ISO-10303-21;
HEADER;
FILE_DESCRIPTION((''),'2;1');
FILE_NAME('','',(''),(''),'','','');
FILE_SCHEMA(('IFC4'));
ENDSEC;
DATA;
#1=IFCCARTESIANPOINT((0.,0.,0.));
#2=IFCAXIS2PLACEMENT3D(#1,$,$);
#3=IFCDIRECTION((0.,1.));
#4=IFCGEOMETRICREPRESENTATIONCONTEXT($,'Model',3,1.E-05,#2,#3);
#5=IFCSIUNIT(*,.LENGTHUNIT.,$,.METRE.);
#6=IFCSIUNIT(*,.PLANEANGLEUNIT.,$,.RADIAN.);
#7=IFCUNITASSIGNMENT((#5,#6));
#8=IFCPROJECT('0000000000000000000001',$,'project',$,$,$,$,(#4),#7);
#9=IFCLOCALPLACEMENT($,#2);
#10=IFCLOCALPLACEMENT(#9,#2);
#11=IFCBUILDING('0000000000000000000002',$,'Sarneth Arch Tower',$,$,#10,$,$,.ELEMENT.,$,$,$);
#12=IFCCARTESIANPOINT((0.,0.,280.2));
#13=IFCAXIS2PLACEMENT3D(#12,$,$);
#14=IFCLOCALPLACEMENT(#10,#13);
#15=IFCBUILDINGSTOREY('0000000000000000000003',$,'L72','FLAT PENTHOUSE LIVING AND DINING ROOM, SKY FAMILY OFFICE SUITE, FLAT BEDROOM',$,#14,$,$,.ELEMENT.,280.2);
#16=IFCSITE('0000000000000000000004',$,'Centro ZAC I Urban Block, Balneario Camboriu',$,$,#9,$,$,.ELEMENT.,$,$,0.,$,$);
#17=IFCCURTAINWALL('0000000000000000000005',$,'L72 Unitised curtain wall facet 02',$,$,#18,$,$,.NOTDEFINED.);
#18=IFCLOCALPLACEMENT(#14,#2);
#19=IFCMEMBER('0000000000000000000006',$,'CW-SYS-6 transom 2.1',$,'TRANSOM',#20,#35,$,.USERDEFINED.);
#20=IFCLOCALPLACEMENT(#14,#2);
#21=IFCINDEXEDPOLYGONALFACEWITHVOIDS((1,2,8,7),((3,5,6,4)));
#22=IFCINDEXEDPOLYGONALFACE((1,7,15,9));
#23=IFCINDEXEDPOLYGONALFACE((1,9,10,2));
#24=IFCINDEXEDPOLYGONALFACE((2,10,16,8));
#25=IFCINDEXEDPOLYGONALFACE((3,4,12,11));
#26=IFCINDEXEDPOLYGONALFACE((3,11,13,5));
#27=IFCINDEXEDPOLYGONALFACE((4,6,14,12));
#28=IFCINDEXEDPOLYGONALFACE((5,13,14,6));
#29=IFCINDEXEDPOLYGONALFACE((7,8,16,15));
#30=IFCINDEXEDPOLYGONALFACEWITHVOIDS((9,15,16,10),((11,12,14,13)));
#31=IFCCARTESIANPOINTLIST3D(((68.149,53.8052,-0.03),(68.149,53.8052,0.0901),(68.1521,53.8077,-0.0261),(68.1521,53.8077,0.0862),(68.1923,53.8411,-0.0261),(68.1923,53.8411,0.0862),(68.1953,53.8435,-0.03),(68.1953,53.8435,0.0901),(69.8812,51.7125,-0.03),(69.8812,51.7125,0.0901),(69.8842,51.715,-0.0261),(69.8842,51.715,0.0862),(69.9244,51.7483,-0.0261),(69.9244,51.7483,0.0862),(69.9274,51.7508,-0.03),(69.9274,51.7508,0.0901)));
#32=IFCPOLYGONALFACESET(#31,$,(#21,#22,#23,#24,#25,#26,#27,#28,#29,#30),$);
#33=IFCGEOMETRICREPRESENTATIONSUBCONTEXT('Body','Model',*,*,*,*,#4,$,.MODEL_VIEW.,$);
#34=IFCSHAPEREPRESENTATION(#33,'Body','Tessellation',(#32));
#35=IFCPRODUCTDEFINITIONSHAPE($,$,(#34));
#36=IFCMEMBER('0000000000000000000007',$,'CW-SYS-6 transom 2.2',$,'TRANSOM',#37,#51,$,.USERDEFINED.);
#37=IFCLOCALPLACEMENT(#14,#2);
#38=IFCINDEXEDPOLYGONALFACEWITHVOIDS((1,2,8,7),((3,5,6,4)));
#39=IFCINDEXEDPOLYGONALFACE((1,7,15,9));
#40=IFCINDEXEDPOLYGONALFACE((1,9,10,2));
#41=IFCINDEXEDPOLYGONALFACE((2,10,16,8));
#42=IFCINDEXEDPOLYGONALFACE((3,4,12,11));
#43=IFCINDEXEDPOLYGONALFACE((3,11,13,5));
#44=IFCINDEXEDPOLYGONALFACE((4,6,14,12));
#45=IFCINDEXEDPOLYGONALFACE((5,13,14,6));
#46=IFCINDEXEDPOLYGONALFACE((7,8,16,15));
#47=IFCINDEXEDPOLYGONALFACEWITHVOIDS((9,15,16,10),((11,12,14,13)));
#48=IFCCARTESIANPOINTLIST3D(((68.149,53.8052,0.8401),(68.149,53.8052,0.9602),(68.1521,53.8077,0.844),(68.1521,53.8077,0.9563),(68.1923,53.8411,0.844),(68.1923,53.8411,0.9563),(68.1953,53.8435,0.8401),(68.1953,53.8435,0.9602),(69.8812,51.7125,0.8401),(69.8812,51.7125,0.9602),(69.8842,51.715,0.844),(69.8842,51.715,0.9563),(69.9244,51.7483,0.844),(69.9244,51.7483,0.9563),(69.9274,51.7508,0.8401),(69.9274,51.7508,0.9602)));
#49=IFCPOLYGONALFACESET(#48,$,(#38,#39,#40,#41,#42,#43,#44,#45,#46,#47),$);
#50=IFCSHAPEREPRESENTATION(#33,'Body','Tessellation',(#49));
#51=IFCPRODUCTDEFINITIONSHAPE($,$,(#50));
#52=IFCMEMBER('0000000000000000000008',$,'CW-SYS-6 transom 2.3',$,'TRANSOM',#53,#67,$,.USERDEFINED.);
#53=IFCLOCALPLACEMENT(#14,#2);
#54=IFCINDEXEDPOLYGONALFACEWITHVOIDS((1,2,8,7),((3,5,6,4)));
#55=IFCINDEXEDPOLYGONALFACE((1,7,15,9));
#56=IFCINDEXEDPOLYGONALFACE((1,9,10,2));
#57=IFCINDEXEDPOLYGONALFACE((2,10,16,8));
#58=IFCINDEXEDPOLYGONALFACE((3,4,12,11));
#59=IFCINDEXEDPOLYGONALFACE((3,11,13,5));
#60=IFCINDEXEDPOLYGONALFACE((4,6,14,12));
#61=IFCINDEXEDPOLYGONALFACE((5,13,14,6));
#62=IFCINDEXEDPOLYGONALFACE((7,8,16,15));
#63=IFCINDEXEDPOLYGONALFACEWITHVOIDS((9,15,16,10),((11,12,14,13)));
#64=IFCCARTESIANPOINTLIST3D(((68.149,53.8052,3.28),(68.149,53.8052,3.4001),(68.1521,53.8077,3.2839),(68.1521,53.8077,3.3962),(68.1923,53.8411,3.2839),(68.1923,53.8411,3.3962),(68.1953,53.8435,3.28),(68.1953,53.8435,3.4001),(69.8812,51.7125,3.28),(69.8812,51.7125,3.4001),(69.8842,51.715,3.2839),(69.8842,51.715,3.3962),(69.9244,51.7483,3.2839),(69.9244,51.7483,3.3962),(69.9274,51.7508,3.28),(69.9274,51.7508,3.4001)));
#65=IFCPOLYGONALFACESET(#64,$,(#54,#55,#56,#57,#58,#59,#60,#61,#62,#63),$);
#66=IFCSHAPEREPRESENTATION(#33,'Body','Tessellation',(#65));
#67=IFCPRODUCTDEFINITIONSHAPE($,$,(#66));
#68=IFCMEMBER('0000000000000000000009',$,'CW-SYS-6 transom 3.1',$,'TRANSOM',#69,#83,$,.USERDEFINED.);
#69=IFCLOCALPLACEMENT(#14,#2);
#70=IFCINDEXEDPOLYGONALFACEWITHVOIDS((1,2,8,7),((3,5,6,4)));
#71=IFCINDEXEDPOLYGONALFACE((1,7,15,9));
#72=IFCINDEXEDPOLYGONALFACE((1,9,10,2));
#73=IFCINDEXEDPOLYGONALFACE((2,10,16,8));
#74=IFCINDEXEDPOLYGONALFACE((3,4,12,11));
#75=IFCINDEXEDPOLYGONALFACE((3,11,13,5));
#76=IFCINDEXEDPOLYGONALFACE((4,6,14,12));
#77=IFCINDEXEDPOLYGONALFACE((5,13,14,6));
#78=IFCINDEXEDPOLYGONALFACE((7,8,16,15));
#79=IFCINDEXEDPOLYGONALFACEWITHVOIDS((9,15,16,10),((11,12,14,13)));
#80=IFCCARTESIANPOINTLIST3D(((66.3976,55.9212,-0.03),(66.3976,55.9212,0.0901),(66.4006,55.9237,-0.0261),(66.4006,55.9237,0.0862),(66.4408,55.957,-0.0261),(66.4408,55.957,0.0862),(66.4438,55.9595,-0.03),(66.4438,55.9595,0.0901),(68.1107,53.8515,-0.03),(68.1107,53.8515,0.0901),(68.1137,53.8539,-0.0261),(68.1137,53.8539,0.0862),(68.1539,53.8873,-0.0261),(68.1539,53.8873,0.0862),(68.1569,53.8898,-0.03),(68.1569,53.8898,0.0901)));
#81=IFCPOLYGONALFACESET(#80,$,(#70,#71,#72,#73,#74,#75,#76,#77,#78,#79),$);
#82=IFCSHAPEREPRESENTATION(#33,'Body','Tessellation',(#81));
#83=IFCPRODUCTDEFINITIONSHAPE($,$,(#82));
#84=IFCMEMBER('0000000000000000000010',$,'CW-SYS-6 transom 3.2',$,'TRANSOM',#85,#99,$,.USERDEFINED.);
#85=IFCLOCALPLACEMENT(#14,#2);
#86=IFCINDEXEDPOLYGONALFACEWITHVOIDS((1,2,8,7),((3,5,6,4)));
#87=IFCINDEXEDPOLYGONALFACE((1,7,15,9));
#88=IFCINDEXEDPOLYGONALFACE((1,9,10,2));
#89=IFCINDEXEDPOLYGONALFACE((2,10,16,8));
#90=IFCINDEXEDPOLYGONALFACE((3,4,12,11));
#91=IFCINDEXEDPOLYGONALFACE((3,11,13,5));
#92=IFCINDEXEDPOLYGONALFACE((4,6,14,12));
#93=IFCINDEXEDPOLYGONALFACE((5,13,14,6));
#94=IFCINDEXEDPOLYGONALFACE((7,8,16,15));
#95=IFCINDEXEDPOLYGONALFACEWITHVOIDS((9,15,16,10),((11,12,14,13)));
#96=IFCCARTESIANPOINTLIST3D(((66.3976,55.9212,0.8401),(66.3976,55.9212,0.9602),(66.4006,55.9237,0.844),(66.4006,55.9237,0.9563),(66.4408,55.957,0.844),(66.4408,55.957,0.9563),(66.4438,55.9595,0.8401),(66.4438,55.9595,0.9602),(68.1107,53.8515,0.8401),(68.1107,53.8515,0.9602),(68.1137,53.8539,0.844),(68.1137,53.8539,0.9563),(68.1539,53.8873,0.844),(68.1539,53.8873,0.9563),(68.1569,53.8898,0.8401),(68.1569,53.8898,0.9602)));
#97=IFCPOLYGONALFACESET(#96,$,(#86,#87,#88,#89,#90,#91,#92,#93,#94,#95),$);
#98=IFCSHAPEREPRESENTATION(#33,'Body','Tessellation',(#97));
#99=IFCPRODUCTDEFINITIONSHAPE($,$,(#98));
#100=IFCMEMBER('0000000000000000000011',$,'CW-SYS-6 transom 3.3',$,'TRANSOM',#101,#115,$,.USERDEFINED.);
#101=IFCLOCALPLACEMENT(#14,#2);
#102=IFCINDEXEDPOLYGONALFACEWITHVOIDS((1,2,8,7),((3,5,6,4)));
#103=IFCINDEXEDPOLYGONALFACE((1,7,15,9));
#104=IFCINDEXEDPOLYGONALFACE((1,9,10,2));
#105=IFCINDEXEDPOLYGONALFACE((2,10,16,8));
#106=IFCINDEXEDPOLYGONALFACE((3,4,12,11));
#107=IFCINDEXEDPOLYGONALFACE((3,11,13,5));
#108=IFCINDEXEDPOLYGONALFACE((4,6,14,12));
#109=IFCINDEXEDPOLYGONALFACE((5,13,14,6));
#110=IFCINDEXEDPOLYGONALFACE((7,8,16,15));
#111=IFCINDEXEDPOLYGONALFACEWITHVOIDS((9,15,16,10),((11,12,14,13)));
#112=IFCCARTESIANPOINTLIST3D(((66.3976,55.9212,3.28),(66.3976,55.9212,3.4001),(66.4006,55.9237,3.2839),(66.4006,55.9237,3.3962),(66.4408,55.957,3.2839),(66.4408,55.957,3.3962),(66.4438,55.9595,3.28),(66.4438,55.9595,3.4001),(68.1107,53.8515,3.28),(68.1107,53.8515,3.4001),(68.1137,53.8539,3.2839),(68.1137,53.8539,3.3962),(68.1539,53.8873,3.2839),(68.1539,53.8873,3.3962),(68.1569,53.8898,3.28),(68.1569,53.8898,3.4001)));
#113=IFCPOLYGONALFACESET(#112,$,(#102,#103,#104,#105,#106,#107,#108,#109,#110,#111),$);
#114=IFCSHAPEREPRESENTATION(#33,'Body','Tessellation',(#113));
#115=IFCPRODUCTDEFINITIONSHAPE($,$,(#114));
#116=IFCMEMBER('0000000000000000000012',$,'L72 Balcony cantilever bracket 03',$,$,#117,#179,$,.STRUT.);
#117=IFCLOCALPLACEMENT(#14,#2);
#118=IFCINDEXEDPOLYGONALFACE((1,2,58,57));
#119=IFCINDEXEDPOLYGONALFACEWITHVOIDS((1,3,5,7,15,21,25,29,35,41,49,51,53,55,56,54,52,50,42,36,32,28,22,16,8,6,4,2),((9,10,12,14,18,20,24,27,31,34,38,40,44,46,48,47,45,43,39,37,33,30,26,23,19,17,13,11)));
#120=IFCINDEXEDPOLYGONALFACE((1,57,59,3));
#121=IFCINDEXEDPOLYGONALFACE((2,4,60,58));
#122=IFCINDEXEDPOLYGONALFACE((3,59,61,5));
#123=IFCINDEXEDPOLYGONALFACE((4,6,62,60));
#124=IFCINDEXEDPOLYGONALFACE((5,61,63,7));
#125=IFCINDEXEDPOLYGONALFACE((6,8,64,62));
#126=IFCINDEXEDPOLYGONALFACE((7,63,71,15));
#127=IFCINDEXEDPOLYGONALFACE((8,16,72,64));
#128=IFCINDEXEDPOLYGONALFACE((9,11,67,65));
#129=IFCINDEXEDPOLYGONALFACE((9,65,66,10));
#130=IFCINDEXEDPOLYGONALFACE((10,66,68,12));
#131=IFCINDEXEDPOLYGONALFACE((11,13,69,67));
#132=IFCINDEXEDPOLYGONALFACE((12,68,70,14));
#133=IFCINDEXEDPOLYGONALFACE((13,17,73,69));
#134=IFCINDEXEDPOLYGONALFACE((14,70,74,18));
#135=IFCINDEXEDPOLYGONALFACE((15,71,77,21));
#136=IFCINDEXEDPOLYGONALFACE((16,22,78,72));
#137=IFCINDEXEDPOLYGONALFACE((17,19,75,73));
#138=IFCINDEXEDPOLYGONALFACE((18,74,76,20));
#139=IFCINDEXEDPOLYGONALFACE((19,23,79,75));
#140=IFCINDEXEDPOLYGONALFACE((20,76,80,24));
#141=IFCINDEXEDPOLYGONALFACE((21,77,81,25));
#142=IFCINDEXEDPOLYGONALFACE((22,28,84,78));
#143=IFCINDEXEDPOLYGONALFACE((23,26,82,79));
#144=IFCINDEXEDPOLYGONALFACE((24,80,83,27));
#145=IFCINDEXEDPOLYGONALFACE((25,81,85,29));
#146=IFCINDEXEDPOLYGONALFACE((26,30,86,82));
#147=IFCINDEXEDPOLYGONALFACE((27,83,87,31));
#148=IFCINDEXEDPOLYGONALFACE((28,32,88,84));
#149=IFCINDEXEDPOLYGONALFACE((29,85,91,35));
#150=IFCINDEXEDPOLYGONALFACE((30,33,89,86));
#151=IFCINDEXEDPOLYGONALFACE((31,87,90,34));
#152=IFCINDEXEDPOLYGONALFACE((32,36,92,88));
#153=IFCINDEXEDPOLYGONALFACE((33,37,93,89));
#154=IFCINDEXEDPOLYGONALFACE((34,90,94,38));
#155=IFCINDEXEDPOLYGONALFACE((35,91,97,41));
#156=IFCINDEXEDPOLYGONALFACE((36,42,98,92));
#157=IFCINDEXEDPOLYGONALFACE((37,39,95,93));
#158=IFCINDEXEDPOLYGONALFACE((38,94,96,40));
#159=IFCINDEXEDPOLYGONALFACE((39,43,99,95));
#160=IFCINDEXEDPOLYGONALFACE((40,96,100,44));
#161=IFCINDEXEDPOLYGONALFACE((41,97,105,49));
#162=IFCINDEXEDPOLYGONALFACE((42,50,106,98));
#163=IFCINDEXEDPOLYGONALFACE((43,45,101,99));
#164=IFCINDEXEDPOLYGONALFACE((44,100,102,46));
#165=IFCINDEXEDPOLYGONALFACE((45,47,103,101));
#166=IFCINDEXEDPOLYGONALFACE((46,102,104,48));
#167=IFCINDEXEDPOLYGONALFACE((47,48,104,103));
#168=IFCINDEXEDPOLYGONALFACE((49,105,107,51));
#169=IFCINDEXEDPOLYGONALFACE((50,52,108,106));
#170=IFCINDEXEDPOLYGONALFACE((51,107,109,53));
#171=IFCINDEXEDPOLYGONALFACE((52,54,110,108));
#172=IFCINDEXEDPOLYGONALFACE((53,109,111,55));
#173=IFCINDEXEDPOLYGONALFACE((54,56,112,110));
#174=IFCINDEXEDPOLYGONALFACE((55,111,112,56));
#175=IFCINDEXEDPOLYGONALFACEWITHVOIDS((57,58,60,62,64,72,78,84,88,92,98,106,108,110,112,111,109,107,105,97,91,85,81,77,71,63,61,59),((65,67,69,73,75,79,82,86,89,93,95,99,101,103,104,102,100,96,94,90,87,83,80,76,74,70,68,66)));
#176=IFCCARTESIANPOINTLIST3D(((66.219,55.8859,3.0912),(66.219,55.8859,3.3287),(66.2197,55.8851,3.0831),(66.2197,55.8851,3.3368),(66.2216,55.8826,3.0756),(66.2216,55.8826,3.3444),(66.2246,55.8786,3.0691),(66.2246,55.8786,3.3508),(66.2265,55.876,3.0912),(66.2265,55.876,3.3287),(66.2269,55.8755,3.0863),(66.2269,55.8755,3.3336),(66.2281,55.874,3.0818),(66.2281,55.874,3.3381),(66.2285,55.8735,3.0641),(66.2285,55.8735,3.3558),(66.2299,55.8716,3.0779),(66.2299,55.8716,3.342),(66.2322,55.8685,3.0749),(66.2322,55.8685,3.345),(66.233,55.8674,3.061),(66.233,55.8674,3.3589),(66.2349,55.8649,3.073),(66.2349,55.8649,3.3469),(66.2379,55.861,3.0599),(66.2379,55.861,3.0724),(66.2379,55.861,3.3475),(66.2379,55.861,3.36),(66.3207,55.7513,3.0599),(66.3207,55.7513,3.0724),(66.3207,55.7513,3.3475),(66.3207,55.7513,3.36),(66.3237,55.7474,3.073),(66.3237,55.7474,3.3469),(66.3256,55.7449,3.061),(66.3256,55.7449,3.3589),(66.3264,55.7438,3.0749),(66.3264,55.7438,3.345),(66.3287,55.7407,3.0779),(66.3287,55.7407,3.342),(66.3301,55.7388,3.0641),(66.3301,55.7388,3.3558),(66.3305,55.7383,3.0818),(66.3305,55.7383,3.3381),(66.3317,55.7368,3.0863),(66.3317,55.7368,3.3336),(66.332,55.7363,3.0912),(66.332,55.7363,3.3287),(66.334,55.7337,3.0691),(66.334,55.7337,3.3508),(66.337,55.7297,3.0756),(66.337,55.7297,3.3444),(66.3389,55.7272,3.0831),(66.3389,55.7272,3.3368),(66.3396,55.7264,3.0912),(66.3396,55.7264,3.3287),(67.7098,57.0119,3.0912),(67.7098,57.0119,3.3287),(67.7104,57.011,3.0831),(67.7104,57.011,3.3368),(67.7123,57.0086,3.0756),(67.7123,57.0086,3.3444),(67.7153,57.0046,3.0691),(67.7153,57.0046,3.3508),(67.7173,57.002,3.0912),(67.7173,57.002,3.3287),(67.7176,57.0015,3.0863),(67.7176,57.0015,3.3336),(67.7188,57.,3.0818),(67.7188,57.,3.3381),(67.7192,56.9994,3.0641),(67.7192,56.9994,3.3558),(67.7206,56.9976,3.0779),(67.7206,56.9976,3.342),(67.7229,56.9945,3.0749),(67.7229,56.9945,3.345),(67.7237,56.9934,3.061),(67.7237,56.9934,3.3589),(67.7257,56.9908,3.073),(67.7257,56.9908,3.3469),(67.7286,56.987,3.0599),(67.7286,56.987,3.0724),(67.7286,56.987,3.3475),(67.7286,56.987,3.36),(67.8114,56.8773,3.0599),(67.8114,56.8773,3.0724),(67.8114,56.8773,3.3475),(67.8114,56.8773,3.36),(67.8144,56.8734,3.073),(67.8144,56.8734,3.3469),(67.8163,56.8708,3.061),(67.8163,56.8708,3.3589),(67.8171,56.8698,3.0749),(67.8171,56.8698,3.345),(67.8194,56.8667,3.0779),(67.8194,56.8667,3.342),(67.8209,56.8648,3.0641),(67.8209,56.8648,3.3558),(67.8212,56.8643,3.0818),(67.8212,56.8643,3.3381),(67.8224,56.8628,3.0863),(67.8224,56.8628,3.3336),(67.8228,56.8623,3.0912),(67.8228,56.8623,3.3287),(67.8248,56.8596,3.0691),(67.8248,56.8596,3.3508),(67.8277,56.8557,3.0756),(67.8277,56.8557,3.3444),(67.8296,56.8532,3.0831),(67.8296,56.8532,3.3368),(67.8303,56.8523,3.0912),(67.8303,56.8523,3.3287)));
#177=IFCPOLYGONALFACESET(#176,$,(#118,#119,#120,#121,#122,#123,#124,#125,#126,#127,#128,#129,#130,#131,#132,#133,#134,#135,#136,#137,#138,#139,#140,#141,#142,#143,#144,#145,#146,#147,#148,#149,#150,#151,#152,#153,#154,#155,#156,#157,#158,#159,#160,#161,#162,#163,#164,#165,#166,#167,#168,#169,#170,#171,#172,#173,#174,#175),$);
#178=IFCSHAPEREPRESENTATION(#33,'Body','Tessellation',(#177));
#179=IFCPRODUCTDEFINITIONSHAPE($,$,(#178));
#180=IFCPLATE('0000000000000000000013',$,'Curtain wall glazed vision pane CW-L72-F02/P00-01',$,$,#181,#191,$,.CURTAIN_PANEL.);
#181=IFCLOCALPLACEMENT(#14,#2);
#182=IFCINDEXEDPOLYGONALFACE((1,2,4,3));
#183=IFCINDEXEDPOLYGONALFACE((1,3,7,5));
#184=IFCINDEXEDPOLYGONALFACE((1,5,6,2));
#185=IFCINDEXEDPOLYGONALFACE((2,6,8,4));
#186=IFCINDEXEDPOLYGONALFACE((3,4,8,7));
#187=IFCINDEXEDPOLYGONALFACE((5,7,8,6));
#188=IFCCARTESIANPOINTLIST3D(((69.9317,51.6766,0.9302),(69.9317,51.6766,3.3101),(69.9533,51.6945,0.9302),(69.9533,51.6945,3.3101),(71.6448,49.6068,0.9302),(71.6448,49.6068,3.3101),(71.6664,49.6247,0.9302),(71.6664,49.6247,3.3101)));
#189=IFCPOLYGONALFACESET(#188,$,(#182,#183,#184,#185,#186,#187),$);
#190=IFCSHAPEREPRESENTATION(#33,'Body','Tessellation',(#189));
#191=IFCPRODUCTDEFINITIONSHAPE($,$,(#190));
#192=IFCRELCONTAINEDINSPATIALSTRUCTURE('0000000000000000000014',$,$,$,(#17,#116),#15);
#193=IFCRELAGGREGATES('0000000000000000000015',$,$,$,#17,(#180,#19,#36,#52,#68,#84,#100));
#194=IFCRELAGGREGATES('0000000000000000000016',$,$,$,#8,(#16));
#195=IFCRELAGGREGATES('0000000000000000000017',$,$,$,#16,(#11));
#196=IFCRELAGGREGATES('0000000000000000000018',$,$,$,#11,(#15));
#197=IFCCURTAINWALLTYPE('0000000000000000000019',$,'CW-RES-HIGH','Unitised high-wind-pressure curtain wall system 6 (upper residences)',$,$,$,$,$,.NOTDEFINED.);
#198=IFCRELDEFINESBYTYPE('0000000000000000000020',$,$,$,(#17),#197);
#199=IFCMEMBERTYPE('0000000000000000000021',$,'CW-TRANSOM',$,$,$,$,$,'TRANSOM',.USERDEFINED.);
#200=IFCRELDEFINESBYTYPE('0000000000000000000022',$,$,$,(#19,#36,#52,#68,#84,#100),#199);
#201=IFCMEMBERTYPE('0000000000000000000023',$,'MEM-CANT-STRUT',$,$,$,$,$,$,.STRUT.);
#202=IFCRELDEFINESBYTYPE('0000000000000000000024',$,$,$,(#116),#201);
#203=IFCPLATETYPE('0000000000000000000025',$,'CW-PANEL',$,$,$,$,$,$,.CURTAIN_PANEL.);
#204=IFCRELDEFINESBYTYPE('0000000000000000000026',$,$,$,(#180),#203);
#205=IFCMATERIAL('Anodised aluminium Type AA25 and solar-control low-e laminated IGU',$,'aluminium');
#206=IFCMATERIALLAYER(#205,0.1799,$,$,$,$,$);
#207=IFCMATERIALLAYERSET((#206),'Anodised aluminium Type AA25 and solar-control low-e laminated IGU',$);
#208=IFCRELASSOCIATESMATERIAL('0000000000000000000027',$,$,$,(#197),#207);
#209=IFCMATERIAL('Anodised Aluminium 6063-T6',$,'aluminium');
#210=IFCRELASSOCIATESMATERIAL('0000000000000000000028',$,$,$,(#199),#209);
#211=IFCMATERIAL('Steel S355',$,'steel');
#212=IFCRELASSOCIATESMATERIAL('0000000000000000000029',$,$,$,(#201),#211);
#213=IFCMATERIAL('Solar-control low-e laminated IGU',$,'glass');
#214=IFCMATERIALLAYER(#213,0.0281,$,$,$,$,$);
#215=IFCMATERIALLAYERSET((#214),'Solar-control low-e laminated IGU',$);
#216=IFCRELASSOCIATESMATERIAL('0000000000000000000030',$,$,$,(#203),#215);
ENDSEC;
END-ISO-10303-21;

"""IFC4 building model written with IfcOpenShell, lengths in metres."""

from ifc_helpers import new_model, si_unit, direction, frame, origin, origin_2d, place, context, subcontext, project, spatial, rectangle, hollow_rectangle, extrude, material, layer, layer_set, material_profile, profile_set, type_object, element, aggregate, save


model = new_model("IFC4")

# Units and contexts
model_context = context("Model", 3, precision=1e-05, world=origin(), true_north=direction((0.0, 1.0)))
body_context = subcontext(model_context, "Body", "Model", "MODEL_VIEW")
ifc_project = project(units=[si_unit("LENGTHUNIT", "METRE"), si_unit("PLANEANGLEUNIT", "RADIAN")], contexts=[model_context])

# Site, building, storey
site_placement = place(None, origin())
site = spatial("IfcSite", under=ifc_project, at=site_placement, Name="Centro ZAC I Urban Block, Balneario Camboriu", CompositionType="ELEMENT", RefElevation=0.0)
building_placement = place(site_placement, origin())
building = spatial("IfcBuilding", under=site, at=building_placement, Name="Sarneth Arch Tower", CompositionType="ELEMENT")
storey_placement = place(building_placement, frame((0.0, 0.0, 280.2)))
storey = spatial("IfcBuildingStorey", under=building, at=storey_placement, Name="L72", Description="FLAT PENTHOUSE LIVING AND DINING ROOM, SKY FAMILY OFFICE SUITE, FLAT BEDROOM", CompositionType="ELEMENT", Elevation=280.2)

# Curtain wall, members
ifc_material_1 = material(Name="Anodised aluminium Type AA25 and solar-control low-e laminated IGU", Category="aluminium")
ifc_layer_1 = layer(ifc_material_1, 0.1799)
ifc_layer_set_1 = layer_set([ifc_layer_1], Name="Anodised aluminium Type AA25 and solar-control low-e laminated IGU")
curtain_wall_type = type_object("IfcCurtainWallType", Name="CW-RES-HIGH", Description="Unitised high-wind-pressure curtain wall system 6 (upper residences)", PredefinedType="NOTDEFINED", material=ifc_layer_set_1)
curtain_wall_placement = place(storey_placement, origin())
curtain_wall = element("IfcCurtainWall", 1, at=curtain_wall_placement, inside=storey, type_object=curtain_wall_type, Name="L72 Unitised curtain wall facet 02", PredefinedType="NOTDEFINED")
ifc_material_2 = material(Name="Anodised Aluminium 6063-T6", Category="aluminium")
ifc_material_profile_1 = material_profile(ifc_material_2, hollow_rectangle(XDim=0.0601, YDim=0.1201, WallThickness=0.0039, at=origin_2d()), Name="AL-TRAN-120x60x4")
ifc_profile_set_1 = profile_set([ifc_material_profile_1], Name="Anodised Aluminium 6063-T6")
member_type_1 = type_object("IfcMemberType", Name="CW-TRANSOM", ElementType="TRANSOM", PredefinedType="USERDEFINED", material=ifc_profile_set_1)
member_1_placement = place(storey_placement, frame((69.9043, 51.7317, 0.03), z_axis=(-0.637617, 0.770353, 0.0), x_axis=(-0.770353, -0.637617, 0.0)))
member_1 = element("IfcMember", 2, at=member_1_placement, type_object=member_type_1, Name="CW-SYS-6 transom 2.1", ObjectType="TRANSOM", PredefinedType="USERDEFINED", context=body_context, shape_type="SweptSolid", body=[
    extrude(hollow_rectangle(XDim=0.0601, YDim=0.1201, WallThickness=0.0039, at=origin_2d()), origin(), (0.0, 0.0, 1.0), 2.7166),
])
member_2_placement = place(storey_placement, frame((69.9043, 51.7317, 0.9001), z_axis=(-0.637617, 0.770353, 0.0), x_axis=(-0.770353, -0.637617, 0.0)))
member_2 = element("IfcMember", 3, at=member_2_placement, type_object=member_type_1, Name="CW-SYS-6 transom 2.2", ObjectType="TRANSOM", PredefinedType="USERDEFINED", context=body_context, shape_type="SweptSolid", body=[
    extrude(hollow_rectangle(XDim=0.0601, YDim=0.1201, WallThickness=0.0039, at=origin_2d()), origin(), (0.0, 0.0, 1.0), 2.7166),
])
member_3_placement = place(storey_placement, frame((69.9043, 51.7317, 3.3401), z_axis=(-0.637617, 0.770353, 0.0), x_axis=(-0.770353, -0.637617, 0.0)))
member_3 = element("IfcMember", 4, at=member_3_placement, type_object=member_type_1, Name="CW-SYS-6 transom 2.3", ObjectType="TRANSOM", PredefinedType="USERDEFINED", context=body_context, shape_type="SweptSolid", body=[
    extrude(hollow_rectangle(XDim=0.0601, YDim=0.1201, WallThickness=0.0039, at=origin_2d()), origin(), (0.0, 0.0, 1.0), 2.7166),
])
member_4_placement = place(storey_placement, frame((68.1338, 53.8706, 0.03), z_axis=(-0.637607, 0.770362, 0.0), x_axis=(-0.770362, -0.637607, 0.0)))
member_4 = element("IfcMember", 5, at=member_4_placement, type_object=member_type_1, Name="CW-SYS-6 transom 3.1", ObjectType="TRANSOM", PredefinedType="USERDEFINED", context=body_context, shape_type="SweptSolid", body=[
    extrude(hollow_rectangle(XDim=0.0601, YDim=0.1201, WallThickness=0.0039, at=origin_2d()), origin(), (0.0, 0.0, 1.0), 2.6868),
])
member_5_placement = place(storey_placement, frame((68.1338, 53.8706, 0.9001), z_axis=(-0.637607, 0.770362, 0.0), x_axis=(-0.770362, -0.637607, 0.0)))
member_5 = element("IfcMember", 6, at=member_5_placement, type_object=member_type_1, Name="CW-SYS-6 transom 3.2", ObjectType="TRANSOM", PredefinedType="USERDEFINED", context=body_context, shape_type="SweptSolid", body=[
    extrude(hollow_rectangle(XDim=0.0601, YDim=0.1201, WallThickness=0.0039, at=origin_2d()), origin(), (0.0, 0.0, 1.0), 2.6868),
])
member_6_placement = place(storey_placement, frame((68.1338, 53.8706, 3.3401), z_axis=(-0.637607, 0.770362, 0.0), x_axis=(-0.770362, -0.637607, 0.0)))
member_6 = element("IfcMember", 7, at=member_6_placement, type_object=member_type_1, Name="CW-SYS-6 transom 3.3", ObjectType="TRANSOM", PredefinedType="USERDEFINED", context=body_context, shape_type="SweptSolid", body=[
    extrude(hollow_rectangle(XDim=0.0601, YDim=0.1201, WallThickness=0.0039, at=origin_2d()), origin(), (0.0, 0.0, 1.0), 2.6868),
])

# Member
ifc_material_3 = material(Name="Steel S355", Category="steel")
ifc_material_profile_2 = material_profile(ifc_material_3, hollow_rectangle(XDim=0.2, YDim=0.3, WallThickness=0.0125, InnerFilletRadius=0.0188, OuterFilletRadius=0.0312, at=origin_2d()), Name="RHS300x200x12.5")
ifc_profile_set_2 = profile_set([ifc_material_profile_2], Name="Steel S355")
member_type_2 = type_object("IfcMemberType", Name="MEM-CANT-STRUT", PredefinedType="STRUT", material=ifc_profile_set_2)
member_7_placement = place(storey_placement, frame((66.2793, 55.8062, 3.21), z_axis=(0.797957, 0.602715, 0.0), x_axis=(-0.602715, 0.797957, 0.0)))
element("IfcMember", 8, at=member_7_placement, inside=storey, type_object=member_type_2, Name="L72 Balcony cantilever bracket 03", PredefinedType="STRUT", context=body_context, shape_type="SweptSolid", body=[
    extrude(hollow_rectangle(XDim=0.2, YDim=0.3, WallThickness=0.0125, InnerFilletRadius=0.0188, OuterFilletRadius=0.0312, at=origin_2d()), origin(), (0.0, 0.0, 1.0), 1.8682),
])

# Plate
ifc_material_4 = material(Name="Solar-control low-e laminated IGU", Category="glass")
ifc_layer_2 = layer(ifc_material_4, 0.0281)
ifc_layer_set_2 = layer_set([ifc_layer_2], Name="Solar-control low-e laminated IGU")
plate_type_1 = type_object("IfcPlateType", Name="CW-PANEL", PredefinedType="CURTAIN_PANEL", material=ifc_layer_set_2)
plate_1_placement = place(storey_placement, frame((70.7991, 50.6506, 0.9302), z_axis=(0.0, 0.0, 1.0), x_axis=(-0.63761, 0.770359, 0.0)))
plate_1 = element("IfcPlate", 9, at=plate_1_placement, type_object=plate_type_1, Name="Curtain wall glazed vision pane CW-L72-F02/P00-01", PredefinedType="CURTAIN_PANEL", context=body_context, shape_type="SweptSolid", body=[
    extrude(rectangle(XDim=2.6868, YDim=0.0281, at=origin_2d()), origin(), (0.0, 0.0, 1.0), 2.3799),
])
aggregate(curtain_wall, [plate_1, member_1, member_2, member_3, member_4, member_5, member_6])

save(model, "model.ifc")
